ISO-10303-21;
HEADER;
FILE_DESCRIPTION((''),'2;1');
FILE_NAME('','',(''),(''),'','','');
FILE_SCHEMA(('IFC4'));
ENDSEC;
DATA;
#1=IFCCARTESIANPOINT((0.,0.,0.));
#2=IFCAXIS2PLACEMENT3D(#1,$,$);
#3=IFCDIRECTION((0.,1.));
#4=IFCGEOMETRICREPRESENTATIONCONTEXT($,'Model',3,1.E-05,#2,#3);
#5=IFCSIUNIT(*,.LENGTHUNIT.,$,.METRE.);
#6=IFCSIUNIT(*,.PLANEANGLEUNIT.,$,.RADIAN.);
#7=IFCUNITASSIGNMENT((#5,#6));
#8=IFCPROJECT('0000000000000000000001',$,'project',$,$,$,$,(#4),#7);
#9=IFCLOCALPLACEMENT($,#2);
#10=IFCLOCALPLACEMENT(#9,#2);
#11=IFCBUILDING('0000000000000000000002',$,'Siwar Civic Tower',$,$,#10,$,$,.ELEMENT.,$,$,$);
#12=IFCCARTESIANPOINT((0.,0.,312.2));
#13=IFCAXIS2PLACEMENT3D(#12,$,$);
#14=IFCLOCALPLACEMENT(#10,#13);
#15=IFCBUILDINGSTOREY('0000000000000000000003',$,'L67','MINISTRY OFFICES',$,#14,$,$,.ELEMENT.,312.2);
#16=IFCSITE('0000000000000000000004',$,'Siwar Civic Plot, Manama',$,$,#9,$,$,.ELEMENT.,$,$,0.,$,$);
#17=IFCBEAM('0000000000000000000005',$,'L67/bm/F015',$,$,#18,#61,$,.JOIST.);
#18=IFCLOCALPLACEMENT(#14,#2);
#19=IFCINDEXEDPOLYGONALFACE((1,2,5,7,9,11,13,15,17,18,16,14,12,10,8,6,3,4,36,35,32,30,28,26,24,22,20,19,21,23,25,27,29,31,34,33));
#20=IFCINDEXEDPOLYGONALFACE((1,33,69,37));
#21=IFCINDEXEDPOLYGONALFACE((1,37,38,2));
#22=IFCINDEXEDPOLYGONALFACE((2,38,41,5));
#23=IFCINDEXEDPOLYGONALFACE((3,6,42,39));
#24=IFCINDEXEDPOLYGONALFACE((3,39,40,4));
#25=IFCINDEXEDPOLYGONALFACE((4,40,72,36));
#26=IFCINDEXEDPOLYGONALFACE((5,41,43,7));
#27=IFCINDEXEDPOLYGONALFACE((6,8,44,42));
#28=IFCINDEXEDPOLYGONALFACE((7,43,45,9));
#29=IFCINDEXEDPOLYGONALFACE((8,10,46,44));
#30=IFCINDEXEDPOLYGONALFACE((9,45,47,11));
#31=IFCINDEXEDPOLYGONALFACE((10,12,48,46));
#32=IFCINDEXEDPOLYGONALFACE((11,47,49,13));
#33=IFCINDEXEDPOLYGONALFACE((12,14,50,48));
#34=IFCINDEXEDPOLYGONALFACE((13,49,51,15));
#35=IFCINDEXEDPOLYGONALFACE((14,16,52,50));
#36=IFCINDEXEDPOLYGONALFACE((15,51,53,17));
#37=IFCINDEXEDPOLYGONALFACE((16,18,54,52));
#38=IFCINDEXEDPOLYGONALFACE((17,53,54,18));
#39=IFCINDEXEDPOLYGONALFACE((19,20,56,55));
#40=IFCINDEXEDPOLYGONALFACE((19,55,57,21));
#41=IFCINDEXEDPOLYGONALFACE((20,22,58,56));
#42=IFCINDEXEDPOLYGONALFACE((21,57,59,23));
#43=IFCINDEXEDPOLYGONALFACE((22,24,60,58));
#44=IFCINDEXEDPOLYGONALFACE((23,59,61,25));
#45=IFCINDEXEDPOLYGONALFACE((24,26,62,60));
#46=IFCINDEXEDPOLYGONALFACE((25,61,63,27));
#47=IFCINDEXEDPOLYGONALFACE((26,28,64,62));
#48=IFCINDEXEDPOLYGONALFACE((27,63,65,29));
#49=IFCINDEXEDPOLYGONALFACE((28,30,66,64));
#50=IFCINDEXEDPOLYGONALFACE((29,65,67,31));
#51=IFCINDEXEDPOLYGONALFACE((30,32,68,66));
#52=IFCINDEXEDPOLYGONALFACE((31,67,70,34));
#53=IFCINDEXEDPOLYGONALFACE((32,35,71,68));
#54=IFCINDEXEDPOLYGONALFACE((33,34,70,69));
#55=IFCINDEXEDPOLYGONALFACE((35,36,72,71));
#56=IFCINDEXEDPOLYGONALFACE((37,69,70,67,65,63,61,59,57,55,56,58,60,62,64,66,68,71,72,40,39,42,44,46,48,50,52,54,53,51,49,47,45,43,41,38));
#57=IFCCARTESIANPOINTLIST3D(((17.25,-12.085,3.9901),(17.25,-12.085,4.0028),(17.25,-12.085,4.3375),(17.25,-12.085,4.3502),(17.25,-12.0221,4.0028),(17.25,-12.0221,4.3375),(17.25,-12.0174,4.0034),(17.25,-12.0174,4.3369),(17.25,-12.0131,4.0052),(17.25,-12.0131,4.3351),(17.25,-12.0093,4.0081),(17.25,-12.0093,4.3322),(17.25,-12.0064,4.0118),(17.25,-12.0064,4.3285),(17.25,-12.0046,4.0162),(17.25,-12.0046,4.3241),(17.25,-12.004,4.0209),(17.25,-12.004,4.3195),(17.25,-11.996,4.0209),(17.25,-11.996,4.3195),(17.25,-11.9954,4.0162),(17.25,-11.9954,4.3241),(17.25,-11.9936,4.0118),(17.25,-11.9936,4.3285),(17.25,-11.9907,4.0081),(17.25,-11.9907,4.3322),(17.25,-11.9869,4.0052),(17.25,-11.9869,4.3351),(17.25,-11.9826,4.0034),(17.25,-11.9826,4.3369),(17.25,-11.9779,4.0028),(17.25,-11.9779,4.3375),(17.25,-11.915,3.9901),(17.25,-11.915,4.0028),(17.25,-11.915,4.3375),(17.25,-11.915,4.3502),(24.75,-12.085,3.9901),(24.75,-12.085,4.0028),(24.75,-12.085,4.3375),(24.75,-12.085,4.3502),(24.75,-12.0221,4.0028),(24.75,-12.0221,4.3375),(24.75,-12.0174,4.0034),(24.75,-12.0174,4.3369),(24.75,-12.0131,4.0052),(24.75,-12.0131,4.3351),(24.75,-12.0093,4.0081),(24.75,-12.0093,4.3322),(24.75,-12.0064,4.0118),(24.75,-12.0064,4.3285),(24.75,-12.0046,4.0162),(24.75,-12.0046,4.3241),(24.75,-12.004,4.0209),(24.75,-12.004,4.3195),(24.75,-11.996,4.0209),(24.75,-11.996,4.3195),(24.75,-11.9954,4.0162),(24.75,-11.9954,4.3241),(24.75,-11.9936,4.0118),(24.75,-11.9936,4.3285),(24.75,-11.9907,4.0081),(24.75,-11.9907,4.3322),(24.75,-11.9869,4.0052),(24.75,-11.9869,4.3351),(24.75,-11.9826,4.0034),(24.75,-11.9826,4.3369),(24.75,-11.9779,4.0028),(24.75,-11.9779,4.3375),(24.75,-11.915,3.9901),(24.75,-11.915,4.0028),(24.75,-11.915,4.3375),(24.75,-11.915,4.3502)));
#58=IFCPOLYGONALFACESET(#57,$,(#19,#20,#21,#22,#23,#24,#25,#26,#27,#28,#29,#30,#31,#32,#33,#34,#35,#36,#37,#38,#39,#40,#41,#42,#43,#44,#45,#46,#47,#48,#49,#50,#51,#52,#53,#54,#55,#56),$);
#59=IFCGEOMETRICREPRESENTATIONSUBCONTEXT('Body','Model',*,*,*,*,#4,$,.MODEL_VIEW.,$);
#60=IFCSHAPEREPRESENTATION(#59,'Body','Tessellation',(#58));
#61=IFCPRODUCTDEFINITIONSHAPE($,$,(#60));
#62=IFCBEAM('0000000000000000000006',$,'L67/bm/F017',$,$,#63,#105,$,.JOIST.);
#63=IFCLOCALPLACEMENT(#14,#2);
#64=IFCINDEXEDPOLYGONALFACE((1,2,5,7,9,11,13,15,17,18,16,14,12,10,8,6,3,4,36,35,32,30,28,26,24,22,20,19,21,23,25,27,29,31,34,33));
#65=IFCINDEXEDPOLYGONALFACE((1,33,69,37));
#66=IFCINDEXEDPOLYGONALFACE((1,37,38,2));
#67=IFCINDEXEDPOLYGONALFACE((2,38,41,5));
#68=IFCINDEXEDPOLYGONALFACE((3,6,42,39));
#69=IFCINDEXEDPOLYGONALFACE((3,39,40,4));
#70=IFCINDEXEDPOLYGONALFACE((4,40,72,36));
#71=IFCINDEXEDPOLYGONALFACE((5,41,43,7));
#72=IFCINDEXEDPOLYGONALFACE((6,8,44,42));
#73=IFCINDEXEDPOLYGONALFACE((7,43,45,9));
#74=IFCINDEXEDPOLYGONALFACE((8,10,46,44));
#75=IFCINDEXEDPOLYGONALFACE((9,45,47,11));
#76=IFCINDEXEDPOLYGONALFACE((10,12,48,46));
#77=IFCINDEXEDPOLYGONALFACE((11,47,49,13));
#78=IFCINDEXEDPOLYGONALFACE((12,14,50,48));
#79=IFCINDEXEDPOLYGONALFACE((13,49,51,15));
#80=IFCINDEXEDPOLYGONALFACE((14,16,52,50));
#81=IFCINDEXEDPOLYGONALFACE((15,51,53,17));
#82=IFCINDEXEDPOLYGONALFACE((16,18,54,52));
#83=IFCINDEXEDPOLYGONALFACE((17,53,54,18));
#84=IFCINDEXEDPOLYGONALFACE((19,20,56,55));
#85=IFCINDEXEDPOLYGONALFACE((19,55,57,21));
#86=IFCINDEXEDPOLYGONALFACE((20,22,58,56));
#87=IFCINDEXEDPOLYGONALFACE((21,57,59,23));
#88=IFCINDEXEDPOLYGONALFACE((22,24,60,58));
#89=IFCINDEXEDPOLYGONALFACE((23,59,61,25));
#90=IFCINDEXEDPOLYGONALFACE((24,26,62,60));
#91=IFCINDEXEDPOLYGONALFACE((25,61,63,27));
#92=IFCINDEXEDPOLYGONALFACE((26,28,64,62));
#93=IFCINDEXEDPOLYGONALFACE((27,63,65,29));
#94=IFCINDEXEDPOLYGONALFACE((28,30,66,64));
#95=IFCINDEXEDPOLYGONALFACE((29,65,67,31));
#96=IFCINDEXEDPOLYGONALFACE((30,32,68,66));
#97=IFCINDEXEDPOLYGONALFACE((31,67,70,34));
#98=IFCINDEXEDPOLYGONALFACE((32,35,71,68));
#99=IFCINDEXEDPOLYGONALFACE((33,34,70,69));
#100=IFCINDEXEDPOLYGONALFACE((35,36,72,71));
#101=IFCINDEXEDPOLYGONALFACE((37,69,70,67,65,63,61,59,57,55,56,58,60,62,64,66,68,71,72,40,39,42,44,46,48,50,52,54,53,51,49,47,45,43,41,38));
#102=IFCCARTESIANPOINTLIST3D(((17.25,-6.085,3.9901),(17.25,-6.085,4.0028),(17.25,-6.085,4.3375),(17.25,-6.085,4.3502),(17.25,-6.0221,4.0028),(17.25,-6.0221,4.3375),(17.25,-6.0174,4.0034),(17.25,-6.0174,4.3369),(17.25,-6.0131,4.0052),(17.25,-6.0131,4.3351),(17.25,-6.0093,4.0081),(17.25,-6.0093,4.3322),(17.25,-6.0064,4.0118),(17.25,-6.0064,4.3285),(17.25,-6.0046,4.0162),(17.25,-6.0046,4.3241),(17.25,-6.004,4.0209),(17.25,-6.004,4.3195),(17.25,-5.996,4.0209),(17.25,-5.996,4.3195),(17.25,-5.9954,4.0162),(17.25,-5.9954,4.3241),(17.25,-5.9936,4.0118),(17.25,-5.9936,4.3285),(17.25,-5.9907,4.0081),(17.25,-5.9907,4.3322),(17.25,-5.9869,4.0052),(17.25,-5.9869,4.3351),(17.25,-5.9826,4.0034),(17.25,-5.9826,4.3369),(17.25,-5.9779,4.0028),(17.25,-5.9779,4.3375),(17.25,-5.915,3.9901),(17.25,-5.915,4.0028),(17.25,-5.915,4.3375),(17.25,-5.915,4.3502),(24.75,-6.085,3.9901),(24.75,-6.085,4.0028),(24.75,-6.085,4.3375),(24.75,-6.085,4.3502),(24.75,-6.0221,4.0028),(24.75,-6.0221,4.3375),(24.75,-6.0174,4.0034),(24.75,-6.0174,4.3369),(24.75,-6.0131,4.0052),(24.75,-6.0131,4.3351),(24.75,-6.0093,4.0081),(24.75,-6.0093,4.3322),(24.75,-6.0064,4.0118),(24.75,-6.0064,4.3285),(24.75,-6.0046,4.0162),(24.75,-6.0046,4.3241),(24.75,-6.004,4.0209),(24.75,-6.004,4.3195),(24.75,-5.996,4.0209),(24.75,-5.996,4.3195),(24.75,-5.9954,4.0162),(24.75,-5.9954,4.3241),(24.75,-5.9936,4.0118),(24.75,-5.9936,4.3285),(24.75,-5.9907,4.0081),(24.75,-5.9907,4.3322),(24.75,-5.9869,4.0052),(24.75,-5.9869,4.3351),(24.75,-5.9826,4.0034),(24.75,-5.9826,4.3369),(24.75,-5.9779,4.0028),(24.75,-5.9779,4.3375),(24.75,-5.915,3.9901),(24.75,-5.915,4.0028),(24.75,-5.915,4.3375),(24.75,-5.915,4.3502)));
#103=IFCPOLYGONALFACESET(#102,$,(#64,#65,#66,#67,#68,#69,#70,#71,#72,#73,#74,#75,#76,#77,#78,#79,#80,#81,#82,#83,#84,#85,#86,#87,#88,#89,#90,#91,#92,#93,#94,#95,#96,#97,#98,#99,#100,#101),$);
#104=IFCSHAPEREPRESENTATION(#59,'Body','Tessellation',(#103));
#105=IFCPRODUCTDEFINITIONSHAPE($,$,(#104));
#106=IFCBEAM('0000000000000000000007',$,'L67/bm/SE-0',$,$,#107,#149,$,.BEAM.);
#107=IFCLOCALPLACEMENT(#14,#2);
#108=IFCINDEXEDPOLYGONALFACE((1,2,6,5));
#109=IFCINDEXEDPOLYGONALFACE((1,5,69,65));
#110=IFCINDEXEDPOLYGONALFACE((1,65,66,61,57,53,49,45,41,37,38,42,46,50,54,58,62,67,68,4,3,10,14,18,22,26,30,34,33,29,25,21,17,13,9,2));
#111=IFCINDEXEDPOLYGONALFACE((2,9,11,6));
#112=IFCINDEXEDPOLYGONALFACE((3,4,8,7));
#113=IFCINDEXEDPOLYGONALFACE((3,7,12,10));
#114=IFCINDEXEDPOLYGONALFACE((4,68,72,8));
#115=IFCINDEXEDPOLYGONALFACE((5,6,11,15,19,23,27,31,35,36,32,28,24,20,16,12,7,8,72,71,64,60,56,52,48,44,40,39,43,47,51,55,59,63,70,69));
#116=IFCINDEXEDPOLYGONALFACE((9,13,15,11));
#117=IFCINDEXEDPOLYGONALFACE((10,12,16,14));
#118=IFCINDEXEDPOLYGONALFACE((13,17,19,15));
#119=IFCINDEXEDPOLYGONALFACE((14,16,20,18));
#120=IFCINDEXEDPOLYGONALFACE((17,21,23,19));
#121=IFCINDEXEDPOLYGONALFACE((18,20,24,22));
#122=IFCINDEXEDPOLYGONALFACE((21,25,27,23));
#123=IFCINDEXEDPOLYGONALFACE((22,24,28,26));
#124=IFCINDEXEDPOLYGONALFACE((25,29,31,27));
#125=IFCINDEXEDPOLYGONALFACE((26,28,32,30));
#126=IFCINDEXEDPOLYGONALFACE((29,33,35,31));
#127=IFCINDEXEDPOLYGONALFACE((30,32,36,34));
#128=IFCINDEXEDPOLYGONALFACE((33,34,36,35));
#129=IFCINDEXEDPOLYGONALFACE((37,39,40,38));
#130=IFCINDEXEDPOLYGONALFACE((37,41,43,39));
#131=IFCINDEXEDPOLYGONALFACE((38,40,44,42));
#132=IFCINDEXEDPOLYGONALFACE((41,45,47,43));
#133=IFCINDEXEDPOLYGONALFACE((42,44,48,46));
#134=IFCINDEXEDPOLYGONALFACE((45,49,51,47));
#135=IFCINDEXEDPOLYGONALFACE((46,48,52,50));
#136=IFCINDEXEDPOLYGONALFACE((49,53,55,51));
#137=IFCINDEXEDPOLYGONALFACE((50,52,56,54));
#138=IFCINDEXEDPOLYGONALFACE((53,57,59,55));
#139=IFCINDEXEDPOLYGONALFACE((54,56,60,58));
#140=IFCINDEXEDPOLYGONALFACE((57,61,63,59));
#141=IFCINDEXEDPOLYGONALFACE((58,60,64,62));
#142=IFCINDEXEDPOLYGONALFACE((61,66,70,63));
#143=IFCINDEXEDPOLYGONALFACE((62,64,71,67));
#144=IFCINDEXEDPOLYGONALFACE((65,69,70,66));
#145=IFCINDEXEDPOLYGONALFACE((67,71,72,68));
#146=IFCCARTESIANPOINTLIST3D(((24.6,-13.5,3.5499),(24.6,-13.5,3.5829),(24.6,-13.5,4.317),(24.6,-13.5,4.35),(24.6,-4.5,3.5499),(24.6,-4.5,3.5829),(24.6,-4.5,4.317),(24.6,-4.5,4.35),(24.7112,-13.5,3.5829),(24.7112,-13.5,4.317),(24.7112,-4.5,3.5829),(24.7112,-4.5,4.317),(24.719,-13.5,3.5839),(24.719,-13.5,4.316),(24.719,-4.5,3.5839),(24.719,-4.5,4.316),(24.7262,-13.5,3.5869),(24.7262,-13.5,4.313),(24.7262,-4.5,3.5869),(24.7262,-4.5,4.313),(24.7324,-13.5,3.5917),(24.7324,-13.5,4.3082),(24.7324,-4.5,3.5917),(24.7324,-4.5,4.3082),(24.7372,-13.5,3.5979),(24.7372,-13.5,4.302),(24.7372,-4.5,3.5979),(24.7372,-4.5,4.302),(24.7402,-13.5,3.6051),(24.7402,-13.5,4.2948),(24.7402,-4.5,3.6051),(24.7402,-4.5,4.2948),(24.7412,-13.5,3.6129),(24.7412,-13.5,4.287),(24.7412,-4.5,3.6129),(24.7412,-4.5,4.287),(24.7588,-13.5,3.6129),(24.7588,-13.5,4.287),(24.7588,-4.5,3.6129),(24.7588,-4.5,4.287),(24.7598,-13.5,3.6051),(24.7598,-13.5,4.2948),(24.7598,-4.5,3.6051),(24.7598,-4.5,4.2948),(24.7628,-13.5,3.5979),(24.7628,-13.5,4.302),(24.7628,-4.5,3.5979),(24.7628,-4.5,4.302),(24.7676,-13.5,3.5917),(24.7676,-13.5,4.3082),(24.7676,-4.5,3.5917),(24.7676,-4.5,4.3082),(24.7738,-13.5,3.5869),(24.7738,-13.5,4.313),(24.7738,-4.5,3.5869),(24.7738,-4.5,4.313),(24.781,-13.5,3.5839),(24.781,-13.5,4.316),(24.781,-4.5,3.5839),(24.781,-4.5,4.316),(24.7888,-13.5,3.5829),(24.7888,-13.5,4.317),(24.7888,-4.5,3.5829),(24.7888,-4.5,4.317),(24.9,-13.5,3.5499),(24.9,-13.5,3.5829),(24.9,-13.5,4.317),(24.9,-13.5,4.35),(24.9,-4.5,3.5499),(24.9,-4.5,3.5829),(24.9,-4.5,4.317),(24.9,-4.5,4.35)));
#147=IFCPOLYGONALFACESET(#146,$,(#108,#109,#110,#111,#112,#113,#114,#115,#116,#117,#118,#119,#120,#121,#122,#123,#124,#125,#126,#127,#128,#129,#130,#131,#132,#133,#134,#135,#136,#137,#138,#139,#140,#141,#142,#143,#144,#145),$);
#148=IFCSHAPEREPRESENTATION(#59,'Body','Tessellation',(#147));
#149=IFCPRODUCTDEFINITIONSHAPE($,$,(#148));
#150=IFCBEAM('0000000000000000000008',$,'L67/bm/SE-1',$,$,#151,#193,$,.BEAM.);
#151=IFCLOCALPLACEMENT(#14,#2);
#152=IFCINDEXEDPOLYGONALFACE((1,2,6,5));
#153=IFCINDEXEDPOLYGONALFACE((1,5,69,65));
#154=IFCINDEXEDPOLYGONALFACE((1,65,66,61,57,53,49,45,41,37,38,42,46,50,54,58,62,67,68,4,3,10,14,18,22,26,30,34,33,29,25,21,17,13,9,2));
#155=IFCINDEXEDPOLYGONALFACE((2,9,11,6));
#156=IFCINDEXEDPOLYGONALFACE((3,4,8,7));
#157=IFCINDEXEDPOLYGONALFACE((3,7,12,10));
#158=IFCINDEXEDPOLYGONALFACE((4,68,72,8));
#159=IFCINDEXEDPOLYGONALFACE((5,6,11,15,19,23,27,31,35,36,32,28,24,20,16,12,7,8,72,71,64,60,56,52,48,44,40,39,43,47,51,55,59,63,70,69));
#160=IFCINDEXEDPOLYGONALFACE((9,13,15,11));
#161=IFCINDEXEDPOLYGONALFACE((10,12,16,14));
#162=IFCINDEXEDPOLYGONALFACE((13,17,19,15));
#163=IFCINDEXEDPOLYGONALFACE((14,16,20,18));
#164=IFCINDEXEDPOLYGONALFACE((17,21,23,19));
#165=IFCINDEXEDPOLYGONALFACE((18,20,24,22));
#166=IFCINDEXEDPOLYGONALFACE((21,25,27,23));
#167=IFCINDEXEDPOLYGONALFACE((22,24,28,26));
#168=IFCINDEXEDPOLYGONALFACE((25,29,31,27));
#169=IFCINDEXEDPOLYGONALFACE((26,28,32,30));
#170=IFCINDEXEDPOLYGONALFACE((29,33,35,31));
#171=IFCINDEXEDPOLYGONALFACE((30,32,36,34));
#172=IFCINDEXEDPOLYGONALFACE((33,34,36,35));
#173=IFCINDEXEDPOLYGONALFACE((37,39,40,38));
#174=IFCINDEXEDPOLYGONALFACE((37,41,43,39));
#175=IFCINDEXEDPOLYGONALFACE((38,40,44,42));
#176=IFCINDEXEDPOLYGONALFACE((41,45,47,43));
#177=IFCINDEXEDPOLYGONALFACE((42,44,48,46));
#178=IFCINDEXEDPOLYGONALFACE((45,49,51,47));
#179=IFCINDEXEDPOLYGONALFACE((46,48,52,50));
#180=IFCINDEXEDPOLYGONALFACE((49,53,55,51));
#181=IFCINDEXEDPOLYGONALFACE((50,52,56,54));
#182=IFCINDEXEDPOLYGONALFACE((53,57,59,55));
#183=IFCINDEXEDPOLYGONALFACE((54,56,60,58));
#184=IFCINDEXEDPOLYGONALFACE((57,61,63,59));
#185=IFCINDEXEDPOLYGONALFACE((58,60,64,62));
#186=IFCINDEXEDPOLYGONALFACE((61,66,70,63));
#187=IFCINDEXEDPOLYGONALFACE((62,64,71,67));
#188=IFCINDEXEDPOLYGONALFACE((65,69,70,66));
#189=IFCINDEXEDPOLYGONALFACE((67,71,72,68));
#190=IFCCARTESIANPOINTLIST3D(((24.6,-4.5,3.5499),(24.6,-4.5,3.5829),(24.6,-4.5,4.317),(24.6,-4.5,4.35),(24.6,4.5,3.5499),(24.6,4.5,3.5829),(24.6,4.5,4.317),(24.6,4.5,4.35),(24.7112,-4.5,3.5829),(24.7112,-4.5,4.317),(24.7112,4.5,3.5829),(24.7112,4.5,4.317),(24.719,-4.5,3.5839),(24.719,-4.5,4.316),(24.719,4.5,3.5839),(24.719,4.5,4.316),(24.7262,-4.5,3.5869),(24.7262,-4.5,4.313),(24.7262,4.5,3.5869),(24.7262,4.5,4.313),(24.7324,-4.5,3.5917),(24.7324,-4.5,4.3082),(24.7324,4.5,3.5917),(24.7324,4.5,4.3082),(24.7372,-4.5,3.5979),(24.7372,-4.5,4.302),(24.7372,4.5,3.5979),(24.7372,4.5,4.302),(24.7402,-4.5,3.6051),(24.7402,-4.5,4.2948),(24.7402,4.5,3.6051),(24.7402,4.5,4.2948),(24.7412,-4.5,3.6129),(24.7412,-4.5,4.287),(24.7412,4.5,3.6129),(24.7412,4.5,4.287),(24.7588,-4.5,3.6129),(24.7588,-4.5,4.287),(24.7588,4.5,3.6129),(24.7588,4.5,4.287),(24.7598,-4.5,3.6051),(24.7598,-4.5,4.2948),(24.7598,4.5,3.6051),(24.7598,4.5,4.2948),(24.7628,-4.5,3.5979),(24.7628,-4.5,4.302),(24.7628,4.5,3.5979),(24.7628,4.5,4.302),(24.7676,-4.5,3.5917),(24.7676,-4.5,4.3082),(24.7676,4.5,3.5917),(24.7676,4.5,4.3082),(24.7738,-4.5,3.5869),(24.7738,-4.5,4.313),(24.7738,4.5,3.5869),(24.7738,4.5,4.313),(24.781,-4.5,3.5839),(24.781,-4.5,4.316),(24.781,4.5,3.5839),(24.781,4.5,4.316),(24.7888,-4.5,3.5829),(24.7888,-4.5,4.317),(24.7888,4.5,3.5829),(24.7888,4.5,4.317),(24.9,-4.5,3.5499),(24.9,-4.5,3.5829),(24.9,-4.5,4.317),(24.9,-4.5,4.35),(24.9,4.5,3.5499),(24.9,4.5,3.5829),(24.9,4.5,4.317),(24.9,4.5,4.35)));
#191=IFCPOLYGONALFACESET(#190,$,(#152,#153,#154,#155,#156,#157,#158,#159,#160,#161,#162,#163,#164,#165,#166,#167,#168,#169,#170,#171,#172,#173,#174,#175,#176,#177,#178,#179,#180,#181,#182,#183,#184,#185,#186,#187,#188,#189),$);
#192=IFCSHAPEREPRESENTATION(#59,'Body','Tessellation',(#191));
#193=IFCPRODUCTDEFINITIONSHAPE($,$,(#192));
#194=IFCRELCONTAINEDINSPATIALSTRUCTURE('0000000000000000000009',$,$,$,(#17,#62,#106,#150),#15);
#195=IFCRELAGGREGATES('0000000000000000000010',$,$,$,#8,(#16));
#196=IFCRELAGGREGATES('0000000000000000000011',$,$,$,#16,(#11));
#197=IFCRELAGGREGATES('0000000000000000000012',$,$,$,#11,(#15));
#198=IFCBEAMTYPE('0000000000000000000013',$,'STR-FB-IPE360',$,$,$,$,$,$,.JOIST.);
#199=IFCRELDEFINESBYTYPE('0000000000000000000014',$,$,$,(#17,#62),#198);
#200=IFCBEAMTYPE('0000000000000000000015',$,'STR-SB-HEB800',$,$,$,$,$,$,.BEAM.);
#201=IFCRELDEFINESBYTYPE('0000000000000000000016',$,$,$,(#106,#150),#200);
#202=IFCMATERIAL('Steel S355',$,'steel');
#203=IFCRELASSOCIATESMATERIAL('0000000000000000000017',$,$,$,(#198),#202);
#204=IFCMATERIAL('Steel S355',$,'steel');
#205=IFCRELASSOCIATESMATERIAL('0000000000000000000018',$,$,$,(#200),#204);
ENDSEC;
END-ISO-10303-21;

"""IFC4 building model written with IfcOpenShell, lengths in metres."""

from ifc_helpers import new_model, si_unit, direction, frame, origin, origin_2d, place, context, subcontext, project, spatial, i_section, extrude, material, material_profile, profile_set, type_object, element, save


model = new_model("IFC4")

# Units and contexts
model_context = context("Model", 3, precision=1e-05, world=origin(), true_north=direction((0.0, 1.0)))
body_context = subcontext(model_context, "Body", "Model", "MODEL_VIEW")
ifc_project = project(units=[si_unit("LENGTHUNIT", "METRE"), si_unit("PLANEANGLEUNIT", "RADIAN")], contexts=[model_context])

# Site, building, storey
site_placement = place(None, origin())
site = spatial("IfcSite", under=ifc_project, at=site_placement, Name="Siwar Civic Plot, Manama", CompositionType="ELEMENT", RefElevation=0.0)
building_placement = place(site_placement, origin())
building = spatial("IfcBuilding", under=site, at=building_placement, Name="Siwar Civic Tower", CompositionType="ELEMENT")
storey_placement = place(building_placement, frame((0.0, 0.0, 312.2)))
storey = spatial("IfcBuildingStorey", under=building, at=storey_placement, Name="L67", Description="MINISTRY OFFICES", CompositionType="ELEMENT", Elevation=312.2)

# Beams
ifc_material_1 = material(Name="Steel S355", Category="steel")
ifc_material_profile_1 = material_profile(ifc_material_1, i_section(OverallWidth=0.1699, OverallDepth=0.3601, WebThickness=0.0081, FlangeThickness=0.0127, FilletRadius=0.0181, at=origin_2d()), Name="IPE360")
ifc_profile_set_1 = profile_set([ifc_material_profile_1], Name="Steel S355")
beam_type_1 = type_object("IfcBeamType", Name="STR-FB-IPE360", PredefinedType="JOIST", material=ifc_profile_set_1)
for number, where, z_axis, x_axis, name in (
    (1, (17.25, -12.0, 4.1702), (1.0, 0.0, 0.0), (0.0, 1.0, 0.0), "L67/bm/F015"),
    (2, (17.25, -6.0, 4.1702), (1.0, 0.0, 0.0), (0.0, 1.0, 0.0), "L67/bm/F017"),
):
    element("IfcBeam", number, at=place(storey_placement, frame(where, z_axis=z_axis, x_axis=x_axis)), inside=storey, type_object=beam_type_1, Name=name, PredefinedType="JOIST", context=body_context, shape_type="SweptSolid", body=[
        extrude(i_section(OverallWidth=0.1699, OverallDepth=0.3601, WebThickness=0.0081, FlangeThickness=0.0127, FilletRadius=0.0181, at=origin_2d()), origin(), (0.0, 0.0, 1.0), 7.5),
    ])
ifc_material_2 = material(Name="Steel S355", Category="steel")
ifc_material_profile_2 = material_profile(ifc_material_2, i_section(OverallWidth=0.3, OverallDepth=0.8, WebThickness=0.0176, FlangeThickness=0.033, FilletRadius=0.03, at=origin_2d()), Name="HEB800")
ifc_profile_set_2 = profile_set([ifc_material_profile_2], Name="Steel S355")
beam_type_2 = type_object("IfcBeamType", Name="STR-SB-HEB800", PredefinedType="BEAM", material=ifc_profile_set_2)
for number, where, z_axis, x_axis, name in (
    (3, (24.75, -13.5, 3.95), (0.0, 1.0, 0.0), (-1.0, 0.0, 0.0), "L67/bm/SE-0"),
    (4, (24.75, -4.5, 3.95), (0.0, 1.0, 0.0), (-1.0, 0.0, 0.0), "L67/bm/SE-1"),
):
    element("IfcBeam", number, at=place(storey_placement, frame(where, z_axis=z_axis, x_axis=x_axis)), inside=storey, type_object=beam_type_2, Name=name, PredefinedType="BEAM", context=body_context, shape_type="SweptSolid", body=[
        extrude(i_section(OverallWidth=0.3, OverallDepth=0.8, WebThickness=0.0176, FlangeThickness=0.033, FilletRadius=0.03, at=origin_2d()), origin(), (0.0, 0.0, 1.0), 9.0),
    ])

save(model, "model.ifc")
